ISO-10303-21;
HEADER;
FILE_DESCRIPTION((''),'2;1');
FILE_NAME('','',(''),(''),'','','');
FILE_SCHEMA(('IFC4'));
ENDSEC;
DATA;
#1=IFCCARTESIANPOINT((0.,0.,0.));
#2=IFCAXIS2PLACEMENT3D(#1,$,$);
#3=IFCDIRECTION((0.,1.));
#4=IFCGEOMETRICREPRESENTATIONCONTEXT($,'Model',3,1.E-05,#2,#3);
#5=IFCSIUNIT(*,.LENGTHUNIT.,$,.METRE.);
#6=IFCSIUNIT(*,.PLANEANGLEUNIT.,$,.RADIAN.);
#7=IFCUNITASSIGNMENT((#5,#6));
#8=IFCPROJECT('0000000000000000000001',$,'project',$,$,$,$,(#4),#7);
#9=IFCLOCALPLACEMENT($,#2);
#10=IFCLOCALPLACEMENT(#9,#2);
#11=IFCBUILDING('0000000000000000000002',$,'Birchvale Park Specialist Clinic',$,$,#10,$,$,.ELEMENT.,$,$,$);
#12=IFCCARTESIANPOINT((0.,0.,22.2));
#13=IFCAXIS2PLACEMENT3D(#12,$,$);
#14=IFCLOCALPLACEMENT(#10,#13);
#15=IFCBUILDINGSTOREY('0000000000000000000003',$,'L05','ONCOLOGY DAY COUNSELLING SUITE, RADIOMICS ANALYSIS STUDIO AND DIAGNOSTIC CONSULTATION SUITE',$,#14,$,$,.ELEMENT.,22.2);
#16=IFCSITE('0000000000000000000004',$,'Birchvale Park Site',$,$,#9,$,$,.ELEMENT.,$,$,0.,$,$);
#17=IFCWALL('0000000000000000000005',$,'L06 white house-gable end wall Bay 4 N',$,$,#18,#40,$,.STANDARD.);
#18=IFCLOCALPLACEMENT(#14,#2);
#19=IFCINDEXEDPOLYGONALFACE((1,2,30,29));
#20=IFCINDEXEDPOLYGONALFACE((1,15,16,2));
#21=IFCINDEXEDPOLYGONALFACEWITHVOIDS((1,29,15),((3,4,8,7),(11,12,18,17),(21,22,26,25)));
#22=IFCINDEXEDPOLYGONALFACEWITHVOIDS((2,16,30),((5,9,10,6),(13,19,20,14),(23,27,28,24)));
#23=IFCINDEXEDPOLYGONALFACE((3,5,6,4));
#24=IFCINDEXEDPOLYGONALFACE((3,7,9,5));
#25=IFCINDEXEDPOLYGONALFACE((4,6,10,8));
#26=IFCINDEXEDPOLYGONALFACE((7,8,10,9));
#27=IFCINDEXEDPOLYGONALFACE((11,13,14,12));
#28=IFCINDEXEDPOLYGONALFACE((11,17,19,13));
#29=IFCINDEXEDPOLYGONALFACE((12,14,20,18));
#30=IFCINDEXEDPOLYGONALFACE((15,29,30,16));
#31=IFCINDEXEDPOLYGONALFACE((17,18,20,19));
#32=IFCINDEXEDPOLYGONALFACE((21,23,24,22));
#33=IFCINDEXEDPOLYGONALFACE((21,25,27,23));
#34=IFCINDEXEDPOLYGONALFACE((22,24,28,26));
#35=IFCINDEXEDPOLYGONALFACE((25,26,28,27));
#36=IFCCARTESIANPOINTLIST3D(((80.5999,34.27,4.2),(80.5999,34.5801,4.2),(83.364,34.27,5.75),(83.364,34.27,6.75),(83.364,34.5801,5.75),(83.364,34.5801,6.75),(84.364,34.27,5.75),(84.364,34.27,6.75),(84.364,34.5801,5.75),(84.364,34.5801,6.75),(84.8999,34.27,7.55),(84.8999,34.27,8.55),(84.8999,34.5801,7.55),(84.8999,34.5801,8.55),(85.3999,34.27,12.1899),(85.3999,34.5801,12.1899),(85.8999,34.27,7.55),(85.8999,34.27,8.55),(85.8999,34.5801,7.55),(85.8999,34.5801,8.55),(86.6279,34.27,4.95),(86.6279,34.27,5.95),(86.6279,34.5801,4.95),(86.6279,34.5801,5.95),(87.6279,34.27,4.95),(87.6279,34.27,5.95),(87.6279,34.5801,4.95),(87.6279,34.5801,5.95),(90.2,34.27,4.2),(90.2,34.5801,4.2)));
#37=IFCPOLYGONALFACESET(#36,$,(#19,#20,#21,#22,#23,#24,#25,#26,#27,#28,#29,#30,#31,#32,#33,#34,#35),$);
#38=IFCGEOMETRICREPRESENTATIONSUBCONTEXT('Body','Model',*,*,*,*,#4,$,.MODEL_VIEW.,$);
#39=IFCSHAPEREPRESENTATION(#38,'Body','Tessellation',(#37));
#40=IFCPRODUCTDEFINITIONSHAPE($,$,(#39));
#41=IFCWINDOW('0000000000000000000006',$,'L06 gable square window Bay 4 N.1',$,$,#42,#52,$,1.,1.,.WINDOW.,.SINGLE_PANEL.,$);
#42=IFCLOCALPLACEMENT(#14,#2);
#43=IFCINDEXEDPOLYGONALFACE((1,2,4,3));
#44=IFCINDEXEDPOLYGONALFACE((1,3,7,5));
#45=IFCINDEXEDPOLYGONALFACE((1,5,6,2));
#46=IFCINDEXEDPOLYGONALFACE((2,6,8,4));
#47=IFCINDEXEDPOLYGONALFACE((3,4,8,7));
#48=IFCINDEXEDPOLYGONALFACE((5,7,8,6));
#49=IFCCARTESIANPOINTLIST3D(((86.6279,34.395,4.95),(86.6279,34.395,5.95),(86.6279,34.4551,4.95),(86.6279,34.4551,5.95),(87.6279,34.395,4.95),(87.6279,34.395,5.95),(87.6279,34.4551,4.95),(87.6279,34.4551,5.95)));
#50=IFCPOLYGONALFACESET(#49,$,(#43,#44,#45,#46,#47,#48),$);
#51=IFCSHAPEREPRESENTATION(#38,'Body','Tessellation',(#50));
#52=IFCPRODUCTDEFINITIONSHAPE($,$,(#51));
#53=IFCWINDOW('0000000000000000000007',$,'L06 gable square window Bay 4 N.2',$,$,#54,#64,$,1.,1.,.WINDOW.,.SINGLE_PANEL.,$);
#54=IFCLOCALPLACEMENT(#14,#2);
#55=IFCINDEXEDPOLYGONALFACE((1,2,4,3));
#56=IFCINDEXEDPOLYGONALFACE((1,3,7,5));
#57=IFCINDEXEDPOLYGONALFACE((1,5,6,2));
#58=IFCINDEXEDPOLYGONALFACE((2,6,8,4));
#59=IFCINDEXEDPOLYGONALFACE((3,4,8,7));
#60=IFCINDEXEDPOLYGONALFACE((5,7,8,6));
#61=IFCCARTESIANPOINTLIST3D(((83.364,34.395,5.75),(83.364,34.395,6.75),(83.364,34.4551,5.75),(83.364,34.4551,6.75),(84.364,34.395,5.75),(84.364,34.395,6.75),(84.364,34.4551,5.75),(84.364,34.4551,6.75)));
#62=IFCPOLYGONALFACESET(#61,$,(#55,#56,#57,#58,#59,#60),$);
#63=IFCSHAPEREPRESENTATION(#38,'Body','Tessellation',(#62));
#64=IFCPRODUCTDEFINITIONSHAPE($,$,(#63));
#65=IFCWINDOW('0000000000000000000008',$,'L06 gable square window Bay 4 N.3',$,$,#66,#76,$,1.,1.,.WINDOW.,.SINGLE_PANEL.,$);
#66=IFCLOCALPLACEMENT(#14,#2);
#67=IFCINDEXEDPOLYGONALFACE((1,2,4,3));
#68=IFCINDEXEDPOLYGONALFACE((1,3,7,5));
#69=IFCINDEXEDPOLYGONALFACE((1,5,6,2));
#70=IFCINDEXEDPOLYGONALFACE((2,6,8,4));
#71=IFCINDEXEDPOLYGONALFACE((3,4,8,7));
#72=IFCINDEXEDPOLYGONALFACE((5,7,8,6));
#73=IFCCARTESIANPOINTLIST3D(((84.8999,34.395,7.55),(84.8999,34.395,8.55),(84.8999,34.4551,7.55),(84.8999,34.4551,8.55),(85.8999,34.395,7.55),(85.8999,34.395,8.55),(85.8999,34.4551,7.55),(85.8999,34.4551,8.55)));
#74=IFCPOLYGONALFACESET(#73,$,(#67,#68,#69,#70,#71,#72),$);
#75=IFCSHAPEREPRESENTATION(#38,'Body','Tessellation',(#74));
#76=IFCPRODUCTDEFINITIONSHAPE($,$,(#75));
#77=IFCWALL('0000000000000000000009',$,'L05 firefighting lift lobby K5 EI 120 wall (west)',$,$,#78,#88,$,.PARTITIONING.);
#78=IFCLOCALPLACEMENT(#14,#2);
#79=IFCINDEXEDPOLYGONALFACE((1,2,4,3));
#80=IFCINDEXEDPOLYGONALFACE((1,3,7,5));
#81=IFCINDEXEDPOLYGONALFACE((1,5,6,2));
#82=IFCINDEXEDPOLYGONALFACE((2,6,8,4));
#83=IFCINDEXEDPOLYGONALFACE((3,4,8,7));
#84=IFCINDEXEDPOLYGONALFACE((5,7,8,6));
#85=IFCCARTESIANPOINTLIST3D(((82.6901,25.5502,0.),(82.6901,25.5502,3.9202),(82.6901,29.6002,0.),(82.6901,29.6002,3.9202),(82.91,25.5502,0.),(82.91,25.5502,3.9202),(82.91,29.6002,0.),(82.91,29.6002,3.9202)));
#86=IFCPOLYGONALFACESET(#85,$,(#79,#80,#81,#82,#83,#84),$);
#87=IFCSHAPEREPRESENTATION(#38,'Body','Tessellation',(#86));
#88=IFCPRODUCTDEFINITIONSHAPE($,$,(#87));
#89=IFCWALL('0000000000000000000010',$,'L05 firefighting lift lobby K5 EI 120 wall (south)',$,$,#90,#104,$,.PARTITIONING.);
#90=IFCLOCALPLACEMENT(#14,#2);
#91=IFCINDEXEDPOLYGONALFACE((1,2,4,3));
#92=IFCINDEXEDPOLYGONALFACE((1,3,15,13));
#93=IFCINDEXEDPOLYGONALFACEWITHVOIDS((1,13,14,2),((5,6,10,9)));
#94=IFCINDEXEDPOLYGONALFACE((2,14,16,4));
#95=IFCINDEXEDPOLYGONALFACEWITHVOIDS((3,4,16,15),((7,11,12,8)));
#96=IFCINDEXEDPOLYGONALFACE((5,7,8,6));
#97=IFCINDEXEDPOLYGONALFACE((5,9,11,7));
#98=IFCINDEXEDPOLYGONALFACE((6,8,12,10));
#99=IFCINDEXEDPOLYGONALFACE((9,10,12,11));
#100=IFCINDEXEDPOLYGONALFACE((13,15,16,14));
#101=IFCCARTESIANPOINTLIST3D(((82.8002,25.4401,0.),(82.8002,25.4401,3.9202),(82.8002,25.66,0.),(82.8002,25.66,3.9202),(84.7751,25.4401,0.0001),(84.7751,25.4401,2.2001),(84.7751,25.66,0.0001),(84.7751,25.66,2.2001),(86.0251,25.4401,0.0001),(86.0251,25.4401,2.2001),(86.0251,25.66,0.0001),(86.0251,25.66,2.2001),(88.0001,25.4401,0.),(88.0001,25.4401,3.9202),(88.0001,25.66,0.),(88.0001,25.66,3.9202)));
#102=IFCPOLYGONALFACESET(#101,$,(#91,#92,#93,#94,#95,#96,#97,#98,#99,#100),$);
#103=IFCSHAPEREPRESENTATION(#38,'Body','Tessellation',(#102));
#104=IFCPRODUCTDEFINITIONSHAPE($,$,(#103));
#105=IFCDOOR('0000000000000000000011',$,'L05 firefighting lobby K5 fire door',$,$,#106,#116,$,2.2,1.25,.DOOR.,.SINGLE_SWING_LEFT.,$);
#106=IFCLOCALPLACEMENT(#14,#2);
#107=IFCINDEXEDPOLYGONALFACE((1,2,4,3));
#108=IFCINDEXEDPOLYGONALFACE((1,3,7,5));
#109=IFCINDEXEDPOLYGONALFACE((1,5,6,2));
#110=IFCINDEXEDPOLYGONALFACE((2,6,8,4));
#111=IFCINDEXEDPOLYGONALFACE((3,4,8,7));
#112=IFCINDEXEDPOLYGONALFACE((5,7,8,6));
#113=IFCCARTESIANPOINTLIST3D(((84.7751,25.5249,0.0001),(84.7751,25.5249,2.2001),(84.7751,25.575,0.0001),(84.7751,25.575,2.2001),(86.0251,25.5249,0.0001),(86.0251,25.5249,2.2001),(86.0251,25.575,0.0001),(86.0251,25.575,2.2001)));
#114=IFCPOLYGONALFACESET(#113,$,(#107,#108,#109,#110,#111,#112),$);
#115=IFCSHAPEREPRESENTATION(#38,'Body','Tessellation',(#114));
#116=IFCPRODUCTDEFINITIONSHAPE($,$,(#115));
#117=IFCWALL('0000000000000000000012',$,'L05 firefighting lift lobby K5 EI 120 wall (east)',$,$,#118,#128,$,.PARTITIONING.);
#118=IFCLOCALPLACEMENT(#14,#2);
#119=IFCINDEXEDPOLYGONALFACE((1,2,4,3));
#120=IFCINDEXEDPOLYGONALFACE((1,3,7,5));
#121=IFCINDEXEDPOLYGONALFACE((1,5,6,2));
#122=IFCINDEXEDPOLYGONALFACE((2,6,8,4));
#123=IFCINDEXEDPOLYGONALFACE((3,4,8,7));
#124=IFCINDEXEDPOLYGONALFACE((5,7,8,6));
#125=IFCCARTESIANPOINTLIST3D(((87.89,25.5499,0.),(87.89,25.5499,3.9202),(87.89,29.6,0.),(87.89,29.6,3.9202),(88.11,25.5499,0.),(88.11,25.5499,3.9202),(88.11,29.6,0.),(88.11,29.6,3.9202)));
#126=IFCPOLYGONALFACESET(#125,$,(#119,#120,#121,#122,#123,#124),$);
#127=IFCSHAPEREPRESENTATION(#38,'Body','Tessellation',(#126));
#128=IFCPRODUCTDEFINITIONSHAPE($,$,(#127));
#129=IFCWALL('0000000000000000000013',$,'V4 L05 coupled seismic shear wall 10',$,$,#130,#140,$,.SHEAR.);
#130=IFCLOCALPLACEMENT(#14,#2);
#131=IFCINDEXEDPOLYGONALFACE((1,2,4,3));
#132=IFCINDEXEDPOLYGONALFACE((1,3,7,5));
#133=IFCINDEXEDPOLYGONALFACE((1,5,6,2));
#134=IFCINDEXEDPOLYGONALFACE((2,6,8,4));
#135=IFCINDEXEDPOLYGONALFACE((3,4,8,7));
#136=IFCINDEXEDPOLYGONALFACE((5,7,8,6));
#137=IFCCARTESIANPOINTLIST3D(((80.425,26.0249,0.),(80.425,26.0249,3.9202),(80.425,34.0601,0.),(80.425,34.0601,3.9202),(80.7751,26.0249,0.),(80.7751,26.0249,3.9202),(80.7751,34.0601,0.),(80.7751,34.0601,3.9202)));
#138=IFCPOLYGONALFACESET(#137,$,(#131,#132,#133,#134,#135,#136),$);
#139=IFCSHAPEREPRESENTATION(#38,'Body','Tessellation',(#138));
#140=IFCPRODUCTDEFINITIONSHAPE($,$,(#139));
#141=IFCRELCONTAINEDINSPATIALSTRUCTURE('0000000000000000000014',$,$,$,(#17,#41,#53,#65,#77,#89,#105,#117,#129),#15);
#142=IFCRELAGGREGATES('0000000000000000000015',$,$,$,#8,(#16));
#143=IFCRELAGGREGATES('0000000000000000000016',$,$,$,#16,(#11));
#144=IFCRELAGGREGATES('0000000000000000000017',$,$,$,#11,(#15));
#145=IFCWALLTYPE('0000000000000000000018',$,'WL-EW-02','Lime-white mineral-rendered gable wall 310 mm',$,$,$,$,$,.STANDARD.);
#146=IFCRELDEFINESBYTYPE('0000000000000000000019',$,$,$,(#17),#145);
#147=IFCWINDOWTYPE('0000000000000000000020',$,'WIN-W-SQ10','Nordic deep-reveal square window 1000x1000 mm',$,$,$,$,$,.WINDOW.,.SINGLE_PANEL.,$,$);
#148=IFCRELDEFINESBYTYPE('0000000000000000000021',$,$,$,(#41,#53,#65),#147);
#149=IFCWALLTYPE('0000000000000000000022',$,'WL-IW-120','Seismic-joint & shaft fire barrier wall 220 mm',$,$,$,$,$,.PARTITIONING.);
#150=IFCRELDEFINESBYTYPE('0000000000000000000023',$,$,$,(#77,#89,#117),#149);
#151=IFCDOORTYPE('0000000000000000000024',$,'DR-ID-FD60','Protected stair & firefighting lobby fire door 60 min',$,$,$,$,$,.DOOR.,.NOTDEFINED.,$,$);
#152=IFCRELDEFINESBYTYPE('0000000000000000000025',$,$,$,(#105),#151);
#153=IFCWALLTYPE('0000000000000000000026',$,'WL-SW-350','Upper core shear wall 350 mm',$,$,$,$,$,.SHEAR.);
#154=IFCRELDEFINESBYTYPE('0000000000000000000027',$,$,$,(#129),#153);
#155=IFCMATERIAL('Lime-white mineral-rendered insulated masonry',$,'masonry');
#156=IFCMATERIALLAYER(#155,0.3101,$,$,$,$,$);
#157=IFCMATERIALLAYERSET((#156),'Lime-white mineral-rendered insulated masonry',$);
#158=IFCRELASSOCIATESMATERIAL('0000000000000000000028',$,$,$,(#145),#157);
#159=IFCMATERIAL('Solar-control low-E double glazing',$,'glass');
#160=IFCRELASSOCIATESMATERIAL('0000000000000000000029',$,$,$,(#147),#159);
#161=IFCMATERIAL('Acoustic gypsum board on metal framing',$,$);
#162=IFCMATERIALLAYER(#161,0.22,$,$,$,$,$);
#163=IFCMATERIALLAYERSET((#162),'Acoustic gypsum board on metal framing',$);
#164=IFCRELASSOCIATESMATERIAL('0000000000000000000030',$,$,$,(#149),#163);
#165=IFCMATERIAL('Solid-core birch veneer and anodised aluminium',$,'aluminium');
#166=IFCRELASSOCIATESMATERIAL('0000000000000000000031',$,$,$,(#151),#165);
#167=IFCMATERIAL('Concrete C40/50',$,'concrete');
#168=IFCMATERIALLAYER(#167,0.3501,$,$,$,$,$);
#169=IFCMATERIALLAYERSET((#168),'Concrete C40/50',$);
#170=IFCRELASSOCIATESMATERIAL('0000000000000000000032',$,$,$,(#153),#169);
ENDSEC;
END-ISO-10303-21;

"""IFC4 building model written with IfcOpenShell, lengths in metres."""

from ifc_helpers import new_model, si_unit, direction, frame, frame_2d, origin, place, context, subcontext, project, spatial, polyline, rectangle, outline, extrude, material, layer, layer_set, type_object, element, fill, save


model = new_model("IFC4")

# Units and contexts
model_context = context("Model", 3, precision=1e-05, world=origin(), true_north=direction((0.0, 1.0)))
body_context = subcontext(model_context, "Body", "Model", "MODEL_VIEW")
ifc_project = project(units=[si_unit("LENGTHUNIT", "METRE"), si_unit("PLANEANGLEUNIT", "RADIAN")], contexts=[model_context])

# Site, building, storey
site_placement = place(None, origin())
site = spatial("IfcSite", under=ifc_project, at=site_placement, Name="Birchvale Park Site", CompositionType="ELEMENT", RefElevation=0.0)
building_placement = place(site_placement, origin())
building = spatial("IfcBuilding", under=site, at=building_placement, Name="Birchvale Park Specialist Clinic", CompositionType="ELEMENT")
storey_placement = place(building_placement, frame((0.0, 0.0, 22.2)))
storey = spatial("IfcBuildingStorey", under=building, at=storey_placement, Name="L05", Description="ONCOLOGY DAY COUNSELLING SUITE, RADIOMICS ANALYSIS STUDIO AND DIAGNOSTIC CONSULTATION SUITE", CompositionType="ELEMENT", Elevation=22.2)

# Shared definitions
ifc_material_1 = material(Name="Concrete C40/50", Category="concrete")

# Shared definitions
ifc_material_2 = material(Name="Solid-core birch veneer and anodised aluminium", Category="aluminium")

# Shared definitions
ifc_material_3 = material(Name="Lime-white mineral-rendered insulated masonry", Category="masonry")

# Wall, openings, windows
ifc_layer_1 = layer(ifc_material_3, 0.3101)
ifc_layer_set_1 = layer_set([ifc_layer_1], Name="Lime-white mineral-rendered insulated masonry")
wall_type_1 = type_object("IfcWallType", Name="WL-EW-02", Description="Lime-white mineral-rendered gable wall 310 mm", PredefinedType="STANDARD", material=ifc_layer_set_1)
ifc_material_4 = material(Name="Solar-control low-E double glazing", Category="glass")
wall_1_placement = place(storey_placement, frame((90.2, 34.425, 4.2), z_axis=(0.0, 0.0, 1.0), x_axis=(-1.0, 0.0, 0.0)))
wall_1 = element("IfcWall", 1, at=wall_1_placement, inside=storey, type_object=wall_type_1, Name="L06 white house-gable end wall Bay 4 N", PredefinedType="STANDARD", context=body_context, shape_type="SweptSolid", body=[
    extrude(outline(polyline([(0.0, 0.0), (9.5999, 0.0), (9.6001, 0.0), (4.8, 7.99), (0.0, 0.0), (0.0, 0.0)])), frame((0.0, 0.155, 0.0), z_axis=(0.0, -1.0, 0.0), x_axis=(1.0, 0.0, 0.0)), (0.0, 0.0, 1.0), 0.3101),
])
opening_1_placement = place(wall_1_placement, frame((2.572, 0.0, 0.75)))
opening_1 = element("IfcOpeningElement", 2, at=opening_1_placement, cuts=wall_1, PredefinedType="OPENING", context=body_context, shape_type="SweptSolid", body=[
    extrude(rectangle(XDim=1.0, YDim=1.0, at=frame_2d((0.5, 0.5))), frame((0.0, 0.165, 0.0), z_axis=(0.0, -1.0, 0.0), x_axis=(1.0, 0.0, 0.0)), (0.0, 0.0, 1.0), 0.3301),
])
opening_2_placement = place(wall_1_placement, frame((5.8359, 0.0, 1.55)))
opening_2 = element("IfcOpeningElement", 3, at=opening_2_placement, cuts=wall_1, PredefinedType="OPENING", context=body_context, shape_type="SweptSolid", body=[
    extrude(rectangle(XDim=1.0, YDim=1.0, at=frame_2d((0.5, 0.5))), frame((0.0, 0.165, 0.0), z_axis=(0.0, -1.0, 0.0), x_axis=(1.0, 0.0, 0.0)), (0.0, 0.0, 1.0), 0.3301),
])
opening_3_placement = place(wall_1_placement, frame((4.3, 0.0, 3.3501)))
opening_3 = element("IfcOpeningElement", 4, at=opening_3_placement, cuts=wall_1, PredefinedType="OPENING", context=body_context, shape_type="SweptSolid", body=[
    extrude(rectangle(XDim=1.0, YDim=1.0, at=frame_2d((0.5, 0.5))), frame((0.0, 0.165, 0.0), z_axis=(0.0, -1.0, 0.0), x_axis=(1.0, 0.0, 0.0)), (0.0, 0.0, 1.0), 0.3301),
])
window_type_1 = type_object("IfcWindowType", Name="WIN-W-SQ10", Description="Nordic deep-reveal square window 1000x1000 mm", PartitioningType="SINGLE_PANEL", PredefinedType="WINDOW", material=ifc_material_4)
window_1_placement = place(opening_1_placement, origin())
window_1 = element("IfcWindow", 5, at=window_1_placement, inside=storey, type_object=window_type_1, Name="L06 gable square window Bay 4 N.1", OverallHeight=1.0, OverallWidth=1.0, PartitioningType="SINGLE_PANEL", PredefinedType="WINDOW", context=body_context, shape_type="SweptSolid", body=[
    extrude(rectangle(XDim=1.0, YDim=1.0, at=frame_2d((0.5, 0.5))), frame((0.0, 0.03, 0.0), z_axis=(0.0, -1.0, 0.0), x_axis=(1.0, 0.0, 0.0)), (0.0, 0.0, 1.0), 0.0601),
])
fill(opening_1, window_1)
window_2_placement = place(opening_2_placement, origin())
window_2 = element("IfcWindow", 6, at=window_2_placement, inside=storey, type_object=window_type_1, Name="L06 gable square window Bay 4 N.2", OverallHeight=1.0, OverallWidth=1.0, PartitioningType="SINGLE_PANEL", PredefinedType="WINDOW", context=body_context, shape_type="SweptSolid", body=[
    extrude(rectangle(XDim=1.0, YDim=1.0, at=frame_2d((0.5, 0.5))), frame((0.0, 0.03, 0.0), z_axis=(0.0, -1.0, 0.0), x_axis=(1.0, 0.0, 0.0)), (0.0, 0.0, 1.0), 0.0601),
])
fill(opening_2, window_2)
window_3_placement = place(opening_3_placement, origin())
window_3 = element("IfcWindow", 7, at=window_3_placement, inside=storey, type_object=window_type_1, Name="L06 gable square window Bay 4 N.3", OverallHeight=1.0, OverallWidth=1.0, PartitioningType="SINGLE_PANEL", PredefinedType="WINDOW", context=body_context, shape_type="SweptSolid", body=[
    extrude(rectangle(XDim=1.0, YDim=1.0, at=frame_2d((0.5, 0.5))), frame((0.0, 0.03, 0.0), z_axis=(0.0, -1.0, 0.0), x_axis=(1.0, 0.0, 0.0)), (0.0, 0.0, 1.0), 0.0601),
])
fill(opening_3, window_3)

# Wall
ifc_material_5 = material(Name="Acoustic gypsum board on metal framing")
ifc_layer_2 = layer(ifc_material_5, 0.22)
ifc_layer_set_2 = layer_set([ifc_layer_2], Name="Acoustic gypsum board on metal framing")
wall_type_2 = type_object("IfcWallType", Name="WL-IW-120", Description="Seismic-joint & shaft fire barrier wall 220 mm", PredefinedType="PARTITIONING", material=ifc_layer_set_2)
wall_2_placement = place(storey_placement, frame((82.8, 29.6001, 0.0), z_axis=(0.0, 0.0, 1.0), x_axis=(0.0, -1.0, 0.0)))
element("IfcWall", 8, at=wall_2_placement, inside=storey, type_object=wall_type_2, Name="L05 firefighting lift lobby K5 EI 120 wall (west)", PredefinedType="PARTITIONING", context=body_context, shape_type="SweptSolid", body=[
    extrude(rectangle(XDim=4.05, YDim=0.22, at=frame_2d((2.0249, 0.0))), origin(), (0.0, 0.0, 1.0), 3.9202),
])

# Wall, opening, door
wall_3_placement = place(storey_placement, frame((82.8, 25.55, 0.0), z_axis=(0.0, 0.0, 1.0), x_axis=(1.0, 0.0, 0.0)))
wall_3 = element("IfcWall", 9, at=wall_3_placement, inside=storey, type_object=wall_type_2, Name="L05 firefighting lift lobby K5 EI 120 wall (south)", PredefinedType="PARTITIONING", context=body_context, shape_type="SweptSolid", body=[
    extrude(rectangle(XDim=5.2, YDim=0.22, at=frame_2d((2.6001, 0.0))), origin(), (0.0, 0.0, 1.0), 3.9202),
])
opening_4_placement = place(wall_3_placement, frame((1.9751, 0.0, 0.0)))
opening_4 = element("IfcOpeningElement", 10, at=opening_4_placement, cuts=wall_3, PredefinedType="OPENING", context=body_context, shape_type="SweptSolid", body=[
    extrude(rectangle(XDim=1.25, YDim=2.2, at=frame_2d((0.625, 1.1001))), frame((0.0, 0.1201, 0.0), z_axis=(0.0, -1.0, 0.0), x_axis=(1.0, 0.0, 0.0)), (0.0, 0.0, 1.0), 0.24),
])
door_type_1 = type_object("IfcDoorType", Name="DR-ID-FD60", Description="Protected stair & firefighting lobby fire door 60 min", OperationType="NOTDEFINED", PredefinedType="DOOR", material=ifc_material_2)
door_1_placement = place(opening_4_placement, origin())
door_1 = element("IfcDoor", 11, at=door_1_placement, inside=storey, type_object=door_type_1, Name="L05 firefighting lobby K5 fire door", OperationType="SINGLE_SWING_LEFT", OverallHeight=2.2, OverallWidth=1.25, PredefinedType="DOOR", context=body_context, shape_type="SweptSolid", body=[
    extrude(rectangle(XDim=1.25, YDim=2.2, at=frame_2d((0.625, 1.1001))), frame((0.0, 0.0249, 0.0), z_axis=(0.0, -1.0, 0.0), x_axis=(1.0, 0.0, 0.0)), (0.0, 0.0, 1.0), 0.05),
])
fill(opening_4, door_1)

# Walls
wall_4_placement = place(storey_placement, frame((88.0, 25.55, 0.0), z_axis=(0.0, 0.0, 1.0), x_axis=(0.0, 1.0, 0.0)))
element("IfcWall", 12, at=wall_4_placement, inside=storey, type_object=wall_type_2, Name="L05 firefighting lift lobby K5 EI 120 wall (east)", PredefinedType="PARTITIONING", context=body_context, shape_type="SweptSolid", body=[
    extrude(rectangle(XDim=4.05, YDim=0.22, at=frame_2d((2.0249, 0.0))), origin(), (0.0, 0.0, 1.0), 3.9202),
])
ifc_layer_3 = layer(ifc_material_1, 0.3501)
ifc_layer_set_3 = layer_set([ifc_layer_3], Name="Concrete C40/50")
wall_type_3 = type_object("IfcWallType", Name="WL-SW-350", Description="Upper core shear wall 350 mm", PredefinedType="SHEAR", material=ifc_layer_set_3)
wall_5_placement = place(storey_placement, frame((80.6001, 26.0249, 0.0), z_axis=(0.0, 0.0, 1.0), x_axis=(0.0, 1.0, 0.0)))
element("IfcWall", 13, at=wall_5_placement, inside=storey, type_object=wall_type_3, Name="V4 L05 coupled seismic shear wall 10", PredefinedType="SHEAR", context=body_context, shape_type="SweptSolid", body=[
    extrude(rectangle(XDim=8.0352, YDim=0.3501, at=frame_2d((4.0176, 0.0))), origin(), (0.0, 0.0, 1.0), 3.9202),
])

save(model, "model.ifc")
